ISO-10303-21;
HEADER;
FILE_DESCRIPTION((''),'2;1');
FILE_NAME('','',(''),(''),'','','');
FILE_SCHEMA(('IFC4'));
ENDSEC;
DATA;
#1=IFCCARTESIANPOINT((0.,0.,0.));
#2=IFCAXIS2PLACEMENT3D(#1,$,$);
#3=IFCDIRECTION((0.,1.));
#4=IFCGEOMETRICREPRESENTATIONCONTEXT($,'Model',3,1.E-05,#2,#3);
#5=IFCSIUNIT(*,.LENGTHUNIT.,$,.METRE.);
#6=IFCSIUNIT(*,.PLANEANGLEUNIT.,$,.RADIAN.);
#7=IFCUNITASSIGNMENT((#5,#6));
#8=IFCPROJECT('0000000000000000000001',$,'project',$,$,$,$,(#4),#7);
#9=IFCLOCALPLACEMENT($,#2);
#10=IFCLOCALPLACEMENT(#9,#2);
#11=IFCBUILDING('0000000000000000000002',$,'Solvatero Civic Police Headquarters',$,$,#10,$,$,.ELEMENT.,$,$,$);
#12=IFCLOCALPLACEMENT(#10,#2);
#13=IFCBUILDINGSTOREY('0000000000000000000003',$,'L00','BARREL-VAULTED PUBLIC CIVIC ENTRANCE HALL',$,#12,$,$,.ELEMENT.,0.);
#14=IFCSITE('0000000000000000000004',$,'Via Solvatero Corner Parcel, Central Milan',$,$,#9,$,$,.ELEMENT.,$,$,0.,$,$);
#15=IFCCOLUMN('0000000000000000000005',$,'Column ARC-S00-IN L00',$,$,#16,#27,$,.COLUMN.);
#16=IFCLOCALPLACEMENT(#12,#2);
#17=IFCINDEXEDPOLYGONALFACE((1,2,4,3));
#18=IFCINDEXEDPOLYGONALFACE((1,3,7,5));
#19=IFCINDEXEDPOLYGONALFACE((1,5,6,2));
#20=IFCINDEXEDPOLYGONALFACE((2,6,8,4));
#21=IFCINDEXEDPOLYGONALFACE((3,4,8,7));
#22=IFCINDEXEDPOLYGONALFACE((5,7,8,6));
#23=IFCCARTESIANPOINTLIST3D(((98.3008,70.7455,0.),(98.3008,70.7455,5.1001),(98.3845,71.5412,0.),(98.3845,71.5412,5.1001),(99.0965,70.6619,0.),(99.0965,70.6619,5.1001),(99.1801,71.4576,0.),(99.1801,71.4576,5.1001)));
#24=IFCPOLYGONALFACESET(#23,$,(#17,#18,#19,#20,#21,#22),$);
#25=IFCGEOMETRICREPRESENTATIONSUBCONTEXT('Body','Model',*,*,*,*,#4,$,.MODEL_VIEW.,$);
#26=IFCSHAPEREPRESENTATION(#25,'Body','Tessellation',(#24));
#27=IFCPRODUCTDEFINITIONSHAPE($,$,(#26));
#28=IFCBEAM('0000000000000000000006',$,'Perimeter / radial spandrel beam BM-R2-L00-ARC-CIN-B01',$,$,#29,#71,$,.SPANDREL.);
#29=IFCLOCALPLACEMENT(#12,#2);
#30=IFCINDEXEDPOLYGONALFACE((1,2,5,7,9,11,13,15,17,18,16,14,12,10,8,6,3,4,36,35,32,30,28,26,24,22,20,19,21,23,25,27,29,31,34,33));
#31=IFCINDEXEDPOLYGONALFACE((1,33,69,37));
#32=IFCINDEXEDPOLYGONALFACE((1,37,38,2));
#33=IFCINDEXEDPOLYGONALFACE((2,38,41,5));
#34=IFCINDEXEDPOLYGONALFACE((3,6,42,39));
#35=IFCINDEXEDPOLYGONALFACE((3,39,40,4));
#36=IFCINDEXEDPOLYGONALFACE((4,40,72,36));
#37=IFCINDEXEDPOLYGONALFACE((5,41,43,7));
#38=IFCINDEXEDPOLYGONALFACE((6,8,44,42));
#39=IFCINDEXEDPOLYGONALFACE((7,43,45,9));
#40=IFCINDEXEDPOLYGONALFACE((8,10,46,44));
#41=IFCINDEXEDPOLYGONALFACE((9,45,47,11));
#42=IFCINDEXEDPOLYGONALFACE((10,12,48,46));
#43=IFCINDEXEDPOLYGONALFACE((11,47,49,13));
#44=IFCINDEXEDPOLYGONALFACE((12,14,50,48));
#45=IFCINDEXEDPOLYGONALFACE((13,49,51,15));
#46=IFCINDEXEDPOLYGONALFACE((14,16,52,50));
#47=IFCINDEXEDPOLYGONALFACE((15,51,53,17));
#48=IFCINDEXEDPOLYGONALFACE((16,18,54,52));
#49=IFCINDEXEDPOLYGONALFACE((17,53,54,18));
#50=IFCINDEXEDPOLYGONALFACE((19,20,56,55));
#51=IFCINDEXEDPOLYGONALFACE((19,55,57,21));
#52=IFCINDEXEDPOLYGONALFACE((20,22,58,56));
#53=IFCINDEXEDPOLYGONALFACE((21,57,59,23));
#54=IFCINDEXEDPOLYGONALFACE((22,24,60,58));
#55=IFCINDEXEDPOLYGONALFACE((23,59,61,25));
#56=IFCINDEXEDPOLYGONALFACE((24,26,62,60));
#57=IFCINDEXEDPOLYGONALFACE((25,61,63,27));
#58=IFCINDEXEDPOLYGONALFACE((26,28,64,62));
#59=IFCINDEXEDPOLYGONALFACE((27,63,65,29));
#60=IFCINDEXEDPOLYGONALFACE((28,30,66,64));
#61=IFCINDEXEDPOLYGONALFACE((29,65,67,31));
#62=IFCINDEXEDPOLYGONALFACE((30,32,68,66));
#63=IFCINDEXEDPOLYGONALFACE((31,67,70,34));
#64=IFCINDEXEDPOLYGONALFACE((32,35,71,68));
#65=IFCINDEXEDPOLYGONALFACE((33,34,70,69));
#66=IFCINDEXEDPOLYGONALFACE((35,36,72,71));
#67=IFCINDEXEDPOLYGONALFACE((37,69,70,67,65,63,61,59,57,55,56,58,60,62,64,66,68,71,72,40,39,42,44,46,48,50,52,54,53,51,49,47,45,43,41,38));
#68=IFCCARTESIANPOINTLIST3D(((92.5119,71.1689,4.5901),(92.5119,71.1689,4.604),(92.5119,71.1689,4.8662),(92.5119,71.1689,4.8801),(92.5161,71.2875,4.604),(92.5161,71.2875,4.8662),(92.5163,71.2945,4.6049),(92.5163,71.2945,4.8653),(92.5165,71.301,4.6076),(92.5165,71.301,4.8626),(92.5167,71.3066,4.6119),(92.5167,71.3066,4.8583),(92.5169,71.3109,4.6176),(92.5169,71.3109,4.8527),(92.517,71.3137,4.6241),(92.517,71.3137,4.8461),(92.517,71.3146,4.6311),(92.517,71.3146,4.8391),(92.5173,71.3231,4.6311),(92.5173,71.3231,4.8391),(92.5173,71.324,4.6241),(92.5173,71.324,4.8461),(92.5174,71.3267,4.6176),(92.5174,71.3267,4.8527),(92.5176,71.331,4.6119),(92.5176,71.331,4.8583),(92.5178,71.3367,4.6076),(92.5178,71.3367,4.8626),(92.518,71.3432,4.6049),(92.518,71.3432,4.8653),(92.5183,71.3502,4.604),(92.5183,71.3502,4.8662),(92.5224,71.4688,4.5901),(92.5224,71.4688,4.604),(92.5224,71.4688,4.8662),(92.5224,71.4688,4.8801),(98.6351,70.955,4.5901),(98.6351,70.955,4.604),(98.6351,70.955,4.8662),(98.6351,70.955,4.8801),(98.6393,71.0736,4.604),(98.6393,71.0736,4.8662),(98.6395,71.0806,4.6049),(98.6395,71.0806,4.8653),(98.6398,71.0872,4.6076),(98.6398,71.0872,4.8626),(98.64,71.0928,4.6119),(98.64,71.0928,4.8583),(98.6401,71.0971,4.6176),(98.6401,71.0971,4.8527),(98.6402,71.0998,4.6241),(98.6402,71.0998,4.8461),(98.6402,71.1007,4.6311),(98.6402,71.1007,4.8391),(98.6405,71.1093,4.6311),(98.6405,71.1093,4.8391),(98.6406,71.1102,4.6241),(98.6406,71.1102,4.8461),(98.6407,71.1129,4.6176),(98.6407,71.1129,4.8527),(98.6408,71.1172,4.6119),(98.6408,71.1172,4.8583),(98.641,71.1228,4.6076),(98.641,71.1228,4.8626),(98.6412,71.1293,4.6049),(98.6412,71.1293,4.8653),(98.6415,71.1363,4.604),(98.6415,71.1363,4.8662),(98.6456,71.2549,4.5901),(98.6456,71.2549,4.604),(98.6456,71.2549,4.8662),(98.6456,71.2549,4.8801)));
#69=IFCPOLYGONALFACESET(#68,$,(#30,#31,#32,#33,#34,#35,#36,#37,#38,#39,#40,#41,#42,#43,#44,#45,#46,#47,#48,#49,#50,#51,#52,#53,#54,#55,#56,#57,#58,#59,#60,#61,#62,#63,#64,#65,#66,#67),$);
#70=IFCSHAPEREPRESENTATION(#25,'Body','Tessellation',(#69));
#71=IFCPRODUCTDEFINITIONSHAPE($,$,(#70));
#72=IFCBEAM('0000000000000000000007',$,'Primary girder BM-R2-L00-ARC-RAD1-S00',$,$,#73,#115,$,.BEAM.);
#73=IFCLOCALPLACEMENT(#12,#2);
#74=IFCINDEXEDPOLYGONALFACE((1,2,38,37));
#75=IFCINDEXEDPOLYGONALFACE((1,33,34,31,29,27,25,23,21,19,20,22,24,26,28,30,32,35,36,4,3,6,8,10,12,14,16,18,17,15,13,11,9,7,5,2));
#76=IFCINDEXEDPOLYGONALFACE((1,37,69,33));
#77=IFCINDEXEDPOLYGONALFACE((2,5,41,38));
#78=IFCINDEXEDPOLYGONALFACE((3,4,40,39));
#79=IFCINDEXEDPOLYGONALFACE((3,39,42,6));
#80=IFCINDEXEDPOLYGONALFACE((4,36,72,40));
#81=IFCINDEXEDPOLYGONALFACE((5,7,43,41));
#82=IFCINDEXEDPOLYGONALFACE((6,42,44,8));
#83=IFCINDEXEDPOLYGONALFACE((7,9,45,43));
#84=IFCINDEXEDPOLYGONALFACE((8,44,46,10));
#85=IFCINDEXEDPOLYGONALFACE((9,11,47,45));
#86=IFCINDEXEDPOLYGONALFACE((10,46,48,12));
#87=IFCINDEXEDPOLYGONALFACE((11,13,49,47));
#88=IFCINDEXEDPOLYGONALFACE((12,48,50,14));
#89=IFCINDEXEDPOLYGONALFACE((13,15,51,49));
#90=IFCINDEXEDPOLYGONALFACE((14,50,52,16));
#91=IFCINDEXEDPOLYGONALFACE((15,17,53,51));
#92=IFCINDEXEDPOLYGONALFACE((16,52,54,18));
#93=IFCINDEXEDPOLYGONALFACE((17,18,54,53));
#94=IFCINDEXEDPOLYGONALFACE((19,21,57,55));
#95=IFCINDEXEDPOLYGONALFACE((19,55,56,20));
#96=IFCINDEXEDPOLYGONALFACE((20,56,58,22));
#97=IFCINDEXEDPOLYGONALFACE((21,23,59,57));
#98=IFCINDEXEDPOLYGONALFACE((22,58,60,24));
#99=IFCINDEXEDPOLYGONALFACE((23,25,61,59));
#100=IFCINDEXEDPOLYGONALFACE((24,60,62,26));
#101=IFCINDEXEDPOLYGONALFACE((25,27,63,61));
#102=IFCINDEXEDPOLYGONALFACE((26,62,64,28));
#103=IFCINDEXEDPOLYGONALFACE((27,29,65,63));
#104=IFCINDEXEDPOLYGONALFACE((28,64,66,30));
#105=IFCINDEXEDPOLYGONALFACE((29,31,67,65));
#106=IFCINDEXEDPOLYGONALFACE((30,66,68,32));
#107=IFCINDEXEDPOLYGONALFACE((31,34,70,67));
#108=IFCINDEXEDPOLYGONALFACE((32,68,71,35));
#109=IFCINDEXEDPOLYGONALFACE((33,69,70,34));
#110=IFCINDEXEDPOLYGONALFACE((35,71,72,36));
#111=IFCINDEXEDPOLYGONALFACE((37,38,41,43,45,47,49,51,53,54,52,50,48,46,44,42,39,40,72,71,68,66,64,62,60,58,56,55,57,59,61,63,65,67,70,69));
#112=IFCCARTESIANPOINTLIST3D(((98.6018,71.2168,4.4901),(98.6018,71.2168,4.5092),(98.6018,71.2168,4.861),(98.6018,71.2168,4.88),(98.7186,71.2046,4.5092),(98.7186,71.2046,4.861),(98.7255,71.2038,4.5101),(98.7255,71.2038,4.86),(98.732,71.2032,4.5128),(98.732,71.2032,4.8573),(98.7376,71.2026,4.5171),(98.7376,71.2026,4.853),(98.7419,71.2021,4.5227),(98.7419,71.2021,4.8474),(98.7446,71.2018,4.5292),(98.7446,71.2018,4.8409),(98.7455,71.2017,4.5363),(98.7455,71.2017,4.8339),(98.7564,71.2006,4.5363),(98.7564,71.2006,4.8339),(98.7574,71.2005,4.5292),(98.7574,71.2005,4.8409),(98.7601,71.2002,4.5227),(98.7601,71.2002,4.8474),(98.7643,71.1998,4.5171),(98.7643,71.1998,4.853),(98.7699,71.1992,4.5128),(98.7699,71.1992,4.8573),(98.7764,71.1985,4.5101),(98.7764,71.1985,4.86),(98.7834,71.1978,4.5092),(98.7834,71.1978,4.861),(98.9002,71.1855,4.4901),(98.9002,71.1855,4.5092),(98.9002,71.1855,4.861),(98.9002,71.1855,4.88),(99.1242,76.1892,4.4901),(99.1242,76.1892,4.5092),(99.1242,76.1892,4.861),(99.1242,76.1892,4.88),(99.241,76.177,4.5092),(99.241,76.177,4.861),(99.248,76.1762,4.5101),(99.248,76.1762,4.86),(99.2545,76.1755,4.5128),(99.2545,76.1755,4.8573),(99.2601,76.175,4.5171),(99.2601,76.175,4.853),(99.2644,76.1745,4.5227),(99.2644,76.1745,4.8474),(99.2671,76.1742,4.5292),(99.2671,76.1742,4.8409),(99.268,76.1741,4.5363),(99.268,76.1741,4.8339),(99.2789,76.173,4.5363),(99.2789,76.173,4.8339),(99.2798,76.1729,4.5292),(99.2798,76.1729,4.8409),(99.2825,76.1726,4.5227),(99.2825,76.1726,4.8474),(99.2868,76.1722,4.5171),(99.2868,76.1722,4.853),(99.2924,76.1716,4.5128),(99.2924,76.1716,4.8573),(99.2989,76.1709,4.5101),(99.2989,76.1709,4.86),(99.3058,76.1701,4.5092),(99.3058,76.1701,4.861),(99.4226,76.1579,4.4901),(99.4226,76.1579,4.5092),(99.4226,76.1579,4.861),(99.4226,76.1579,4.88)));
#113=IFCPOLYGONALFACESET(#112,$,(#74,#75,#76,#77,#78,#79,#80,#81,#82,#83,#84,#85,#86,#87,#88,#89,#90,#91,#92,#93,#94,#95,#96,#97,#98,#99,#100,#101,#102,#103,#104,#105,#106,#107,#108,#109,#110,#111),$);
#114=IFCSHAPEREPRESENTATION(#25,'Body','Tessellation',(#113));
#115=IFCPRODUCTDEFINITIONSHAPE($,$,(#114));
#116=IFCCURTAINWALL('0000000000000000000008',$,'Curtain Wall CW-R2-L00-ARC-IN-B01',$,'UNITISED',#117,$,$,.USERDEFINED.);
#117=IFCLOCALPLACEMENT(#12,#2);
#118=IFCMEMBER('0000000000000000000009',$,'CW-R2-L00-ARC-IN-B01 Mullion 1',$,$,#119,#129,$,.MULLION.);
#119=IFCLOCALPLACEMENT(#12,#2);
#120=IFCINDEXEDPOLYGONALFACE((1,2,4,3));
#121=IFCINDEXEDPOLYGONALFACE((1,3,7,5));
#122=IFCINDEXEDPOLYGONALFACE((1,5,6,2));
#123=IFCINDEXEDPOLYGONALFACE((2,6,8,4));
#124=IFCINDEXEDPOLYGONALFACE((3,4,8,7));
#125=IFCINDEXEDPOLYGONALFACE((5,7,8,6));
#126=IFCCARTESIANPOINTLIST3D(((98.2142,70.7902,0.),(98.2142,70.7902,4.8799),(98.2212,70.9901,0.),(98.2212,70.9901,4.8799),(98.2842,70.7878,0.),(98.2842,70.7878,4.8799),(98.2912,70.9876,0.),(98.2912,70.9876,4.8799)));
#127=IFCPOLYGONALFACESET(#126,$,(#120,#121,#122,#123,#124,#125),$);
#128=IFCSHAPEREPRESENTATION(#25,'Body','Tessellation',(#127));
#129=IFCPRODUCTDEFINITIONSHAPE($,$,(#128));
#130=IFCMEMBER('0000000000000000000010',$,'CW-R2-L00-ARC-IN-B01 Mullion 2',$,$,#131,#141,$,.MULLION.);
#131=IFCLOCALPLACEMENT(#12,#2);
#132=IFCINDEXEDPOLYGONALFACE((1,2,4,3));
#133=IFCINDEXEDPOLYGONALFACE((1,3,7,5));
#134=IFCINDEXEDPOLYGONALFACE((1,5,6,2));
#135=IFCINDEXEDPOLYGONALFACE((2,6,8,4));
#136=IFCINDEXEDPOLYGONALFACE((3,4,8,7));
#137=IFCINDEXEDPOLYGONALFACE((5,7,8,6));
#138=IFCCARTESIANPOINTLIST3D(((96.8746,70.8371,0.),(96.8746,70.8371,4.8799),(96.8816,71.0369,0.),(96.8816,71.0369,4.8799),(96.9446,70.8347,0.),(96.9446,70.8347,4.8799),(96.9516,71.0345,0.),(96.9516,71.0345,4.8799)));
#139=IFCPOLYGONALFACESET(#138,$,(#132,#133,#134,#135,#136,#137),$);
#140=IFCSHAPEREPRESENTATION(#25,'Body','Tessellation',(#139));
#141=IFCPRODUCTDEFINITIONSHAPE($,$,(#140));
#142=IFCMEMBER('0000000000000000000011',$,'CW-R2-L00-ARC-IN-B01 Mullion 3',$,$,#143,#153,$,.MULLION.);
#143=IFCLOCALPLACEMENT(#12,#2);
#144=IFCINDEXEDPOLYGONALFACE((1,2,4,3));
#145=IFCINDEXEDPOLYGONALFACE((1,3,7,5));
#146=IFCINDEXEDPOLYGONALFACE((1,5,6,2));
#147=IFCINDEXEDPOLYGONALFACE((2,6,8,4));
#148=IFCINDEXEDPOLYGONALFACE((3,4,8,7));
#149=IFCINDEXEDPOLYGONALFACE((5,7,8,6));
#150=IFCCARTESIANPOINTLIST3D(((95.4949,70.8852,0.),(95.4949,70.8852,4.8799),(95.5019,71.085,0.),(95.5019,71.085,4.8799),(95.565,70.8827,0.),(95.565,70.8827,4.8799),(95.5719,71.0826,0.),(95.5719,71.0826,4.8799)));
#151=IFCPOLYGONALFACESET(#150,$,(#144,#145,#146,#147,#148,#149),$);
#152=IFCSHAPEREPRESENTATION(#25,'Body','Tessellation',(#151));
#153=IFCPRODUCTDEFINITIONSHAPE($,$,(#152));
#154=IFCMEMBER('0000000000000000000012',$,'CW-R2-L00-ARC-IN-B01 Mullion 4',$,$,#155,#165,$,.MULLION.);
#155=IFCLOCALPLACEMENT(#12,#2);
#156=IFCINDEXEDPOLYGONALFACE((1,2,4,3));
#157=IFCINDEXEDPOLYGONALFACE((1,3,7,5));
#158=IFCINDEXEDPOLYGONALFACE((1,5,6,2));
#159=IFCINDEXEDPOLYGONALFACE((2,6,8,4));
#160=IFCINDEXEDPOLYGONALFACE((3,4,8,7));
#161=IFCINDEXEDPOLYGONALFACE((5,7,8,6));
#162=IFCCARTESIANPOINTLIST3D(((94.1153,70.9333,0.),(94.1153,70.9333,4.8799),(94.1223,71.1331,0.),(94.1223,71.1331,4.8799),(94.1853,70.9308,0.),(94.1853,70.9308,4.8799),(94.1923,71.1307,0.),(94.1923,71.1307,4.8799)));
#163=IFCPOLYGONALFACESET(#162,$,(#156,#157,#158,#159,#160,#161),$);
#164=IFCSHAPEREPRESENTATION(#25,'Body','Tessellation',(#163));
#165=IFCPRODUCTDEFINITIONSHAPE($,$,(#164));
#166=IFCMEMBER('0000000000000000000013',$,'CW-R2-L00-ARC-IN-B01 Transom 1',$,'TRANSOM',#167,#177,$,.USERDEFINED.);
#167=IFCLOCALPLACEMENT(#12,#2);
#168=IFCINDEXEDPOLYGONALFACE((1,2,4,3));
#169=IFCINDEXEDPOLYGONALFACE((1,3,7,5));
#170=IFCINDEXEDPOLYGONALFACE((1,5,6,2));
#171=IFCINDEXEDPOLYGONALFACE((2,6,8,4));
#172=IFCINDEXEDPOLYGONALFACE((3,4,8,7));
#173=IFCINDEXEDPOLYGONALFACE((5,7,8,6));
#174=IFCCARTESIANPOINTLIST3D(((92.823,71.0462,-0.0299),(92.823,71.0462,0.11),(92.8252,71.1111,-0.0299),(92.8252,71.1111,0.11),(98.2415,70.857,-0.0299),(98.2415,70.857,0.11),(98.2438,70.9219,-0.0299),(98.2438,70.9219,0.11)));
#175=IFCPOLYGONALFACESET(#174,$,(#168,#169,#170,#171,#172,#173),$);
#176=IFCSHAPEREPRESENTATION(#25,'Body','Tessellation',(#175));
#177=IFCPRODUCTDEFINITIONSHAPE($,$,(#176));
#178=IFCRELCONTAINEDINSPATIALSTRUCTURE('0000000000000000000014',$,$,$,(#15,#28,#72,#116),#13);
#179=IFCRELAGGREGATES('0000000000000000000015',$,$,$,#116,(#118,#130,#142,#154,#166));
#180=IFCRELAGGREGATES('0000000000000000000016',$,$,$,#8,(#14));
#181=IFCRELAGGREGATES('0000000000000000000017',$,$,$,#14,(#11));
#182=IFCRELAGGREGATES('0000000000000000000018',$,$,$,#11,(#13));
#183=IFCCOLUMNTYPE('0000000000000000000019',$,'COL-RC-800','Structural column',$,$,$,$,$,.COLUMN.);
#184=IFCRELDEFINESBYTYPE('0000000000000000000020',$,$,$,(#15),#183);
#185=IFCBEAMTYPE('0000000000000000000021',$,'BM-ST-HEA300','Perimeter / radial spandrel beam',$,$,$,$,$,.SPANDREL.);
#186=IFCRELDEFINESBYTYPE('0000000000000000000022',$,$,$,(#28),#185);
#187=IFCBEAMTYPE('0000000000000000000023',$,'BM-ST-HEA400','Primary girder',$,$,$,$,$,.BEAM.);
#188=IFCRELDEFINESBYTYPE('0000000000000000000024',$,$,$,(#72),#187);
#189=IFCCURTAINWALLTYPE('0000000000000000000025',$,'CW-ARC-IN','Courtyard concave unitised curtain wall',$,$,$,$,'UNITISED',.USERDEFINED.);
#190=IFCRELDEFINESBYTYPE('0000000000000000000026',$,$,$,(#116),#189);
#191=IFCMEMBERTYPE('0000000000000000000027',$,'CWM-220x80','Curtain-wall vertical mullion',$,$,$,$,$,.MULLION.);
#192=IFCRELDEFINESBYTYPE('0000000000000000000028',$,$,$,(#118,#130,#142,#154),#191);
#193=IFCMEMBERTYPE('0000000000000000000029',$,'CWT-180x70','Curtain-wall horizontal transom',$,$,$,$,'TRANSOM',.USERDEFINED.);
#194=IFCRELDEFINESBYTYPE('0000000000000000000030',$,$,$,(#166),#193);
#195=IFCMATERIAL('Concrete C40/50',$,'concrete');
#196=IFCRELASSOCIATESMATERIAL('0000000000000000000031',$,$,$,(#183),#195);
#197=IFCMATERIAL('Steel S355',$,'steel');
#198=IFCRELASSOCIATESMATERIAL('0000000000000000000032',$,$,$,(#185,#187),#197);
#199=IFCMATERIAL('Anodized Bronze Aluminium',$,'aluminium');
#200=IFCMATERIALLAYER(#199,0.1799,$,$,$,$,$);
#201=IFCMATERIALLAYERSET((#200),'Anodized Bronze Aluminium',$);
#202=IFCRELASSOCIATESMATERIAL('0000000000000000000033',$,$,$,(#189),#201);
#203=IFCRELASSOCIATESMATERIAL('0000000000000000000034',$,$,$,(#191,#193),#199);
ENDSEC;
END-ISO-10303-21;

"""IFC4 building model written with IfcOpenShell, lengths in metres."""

from ifc_helpers import new_model, si_unit, direction, frame, origin, origin_2d, place, context, subcontext, project, spatial, rectangle, i_section, extrude, material, layer, layer_set, material_profile, profile_set, type_object, element, aggregate, save


model = new_model("IFC4")

# Units and contexts
model_context = context("Model", 3, precision=1e-05, world=origin(), true_north=direction((0.0, 1.0)))
body_context = subcontext(model_context, "Body", "Model", "MODEL_VIEW")
ifc_project = project(units=[si_unit("LENGTHUNIT", "METRE"), si_unit("PLANEANGLEUNIT", "RADIAN")], contexts=[model_context])

# Site, building, storey
site_placement = place(None, origin())
site = spatial("IfcSite", under=ifc_project, at=site_placement, Name="Via Solvatero Corner Parcel, Central Milan", CompositionType="ELEMENT", RefElevation=0.0)
building_placement = place(site_placement, origin())
building = spatial("IfcBuilding", under=site, at=building_placement, Name="Solvatero Civic Police Headquarters", CompositionType="ELEMENT")
storey_placement = place(building_placement, origin())
storey = spatial("IfcBuildingStorey", under=building, at=storey_placement, Name="L00", Description="BARREL-VAULTED PUBLIC CIVIC ENTRANCE HALL", CompositionType="ELEMENT", Elevation=0.0)

# Column
ifc_material_1 = material(Name="Concrete C40/50", Category="concrete")
ifc_material_profile_1 = material_profile(ifc_material_1, rectangle(XDim=0.8, YDim=0.8, at=origin_2d()), Name="RC 800x800")
ifc_profile_set_1 = profile_set([ifc_material_profile_1], Name="Concrete C40/50")
column_type = type_object("IfcColumnType", Name="COL-RC-800", Description="Structural column", PredefinedType="COLUMN", material=ifc_profile_set_1)
column_placement = place(storey_placement, frame((98.7405, 71.1016, 0.0), z_axis=(0.0, 0.0, 1.0), x_axis=(0.994522, -0.104528, 0.0)))
element("IfcColumn", 1, at=column_placement, inside=storey, type_object=column_type, Name="Column ARC-S00-IN L00", PredefinedType="COLUMN", context=body_context, shape_type="SweptSolid", body=[
    extrude(rectangle(XDim=0.8, YDim=0.8, at=origin_2d()), origin(), (0.0, 0.0, 1.0), 5.1001),
])

# Beams
ifc_material_2 = material(Name="Steel S355", Category="steel")
ifc_material_profile_2 = material_profile(ifc_material_2, i_section(OverallWidth=0.3, OverallDepth=0.29, WebThickness=0.0085, FlangeThickness=0.0139, FilletRadius=0.0271, at=origin_2d()), Name="HEA 300")
ifc_profile_set_2 = profile_set([ifc_material_profile_2], Name="Steel S355")
beam_type_1 = type_object("IfcBeamType", Name="BM-ST-HEA300", Description="Perimeter / radial spandrel beam", PredefinedType="SPANDREL", material=ifc_profile_set_2)
beam_1_placement = place(storey_placement, frame((98.6404, 71.105, 4.7351), z_axis=(-0.999391, 0.034906, 0.0), x_axis=(-0.034906, -0.999391, 0.0)))
element("IfcBeam", 2, at=beam_1_placement, inside=storey, type_object=beam_type_1, Name="Perimeter / radial spandrel beam BM-R2-L00-ARC-CIN-B01", PredefinedType="SPANDREL", context=body_context, shape_type="SweptSolid", body=[
    extrude(i_section(OverallWidth=0.3, OverallDepth=0.29, WebThickness=0.0085, FlangeThickness=0.0139, FilletRadius=0.0271, at=origin_2d()), origin(), (0.0, 0.0, 1.0), 6.127),
])
ifc_material_profile_3 = material_profile(ifc_material_2, i_section(OverallWidth=0.3, OverallDepth=0.3899, WebThickness=0.011, FlangeThickness=0.019, FilletRadius=0.0271, at=origin_2d()), Name="HEA 400")
ifc_profile_set_3 = profile_set([ifc_material_profile_3], Name="Steel S355")
beam_type_2 = type_object("IfcBeamType", Name="BM-ST-HEA400", Description="Primary girder", PredefinedType="BEAM", material=ifc_profile_set_3)
beam_2_placement = place(storey_placement, frame((98.751, 71.2012, 4.6851), z_axis=(0.104497, 0.994525, 0.0), x_axis=(-0.994525, 0.104497, 0.0)))
element("IfcBeam", 3, at=beam_2_placement, inside=storey, type_object=beam_type_2, Name="Primary girder BM-R2-L00-ARC-RAD1-S00", PredefinedType="BEAM", context=body_context, shape_type="SweptSolid", body=[
    extrude(i_section(OverallWidth=0.3, OverallDepth=0.3899, WebThickness=0.011, FlangeThickness=0.019, FilletRadius=0.0271, at=origin_2d()), origin(), (0.0, 0.0, 1.0), 4.9998),
])

# Curtain wall, members
ifc_material_3 = material(Name="Anodized Bronze Aluminium", Category="aluminium")
ifc_layer_1 = layer(ifc_material_3, 0.1799)
ifc_layer_set_1 = layer_set([ifc_layer_1], Name="Anodized Bronze Aluminium")
curtain_wall_type = type_object("IfcCurtainWallType", Name="CW-ARC-IN", Description="Courtyard concave unitised curtain wall", ElementType="UNITISED", PredefinedType="USERDEFINED", material=ifc_layer_set_1)
curtain_wall_placement = place(storey_placement, origin())
curtain_wall = element("IfcCurtainWall", 4, at=curtain_wall_placement, inside=storey, type_object=curtain_wall_type, Name="Curtain Wall CW-R2-L00-ARC-IN-B01", ObjectType="UNITISED", PredefinedType="USERDEFINED")
ifc_material_profile_4 = material_profile(ifc_material_3, rectangle(XDim=0.0701, YDim=0.2, at=origin_2d()), Name="ALU MULLION 70x200")
ifc_profile_set_4 = profile_set([ifc_material_profile_4], Name="Anodized Bronze Aluminium")
member_type_1 = type_object("IfcMemberType", Name="CWM-220x80", Description="Curtain-wall vertical mullion", PredefinedType="MULLION", material=ifc_profile_set_4)
member_1_placement = place(storey_placement, frame((98.2527, 70.8889, 0.0), z_axis=(0.0, 0.0, 1.0), x_axis=(-0.999391, 0.034899, 0.0)))
member_1 = element("IfcMember", 5, at=member_1_placement, type_object=member_type_1, Name="CW-R2-L00-ARC-IN-B01 Mullion 1", PredefinedType="MULLION", context=body_context, shape_type="SweptSolid", body=[
    extrude(rectangle(XDim=0.0701, YDim=0.2, at=origin_2d()), origin(), (0.0, 0.0, 1.0), 4.8799),
])
member_2_placement = place(storey_placement, frame((96.9131, 70.9358, 0.0), z_axis=(0.0, 0.0, 1.0), x_axis=(-0.999391, 0.034899, 0.0)))
member_2 = element("IfcMember", 6, at=member_2_placement, type_object=member_type_1, Name="CW-R2-L00-ARC-IN-B01 Mullion 2", PredefinedType="MULLION", context=body_context, shape_type="SweptSolid", body=[
    extrude(rectangle(XDim=0.0701, YDim=0.2, at=origin_2d()), origin(), (0.0, 0.0, 1.0), 4.8799),
])
member_3_placement = place(storey_placement, frame((95.5334, 70.9839, 0.0), z_axis=(0.0, 0.0, 1.0), x_axis=(-0.999391, 0.034899, 0.0)))
member_3 = element("IfcMember", 7, at=member_3_placement, type_object=member_type_1, Name="CW-R2-L00-ARC-IN-B01 Mullion 3", PredefinedType="MULLION", context=body_context, shape_type="SweptSolid", body=[
    extrude(rectangle(XDim=0.0701, YDim=0.2, at=origin_2d()), origin(), (0.0, 0.0, 1.0), 4.8799),
])
member_4_placement = place(storey_placement, frame((94.1538, 71.032, 0.0), z_axis=(0.0, 0.0, 1.0), x_axis=(-0.999391, 0.034899, 0.0)))
member_4 = element("IfcMember", 8, at=member_4_placement, type_object=member_type_1, Name="CW-R2-L00-ARC-IN-B01 Mullion 4", PredefinedType="MULLION", context=body_context, shape_type="SweptSolid", body=[
    extrude(rectangle(XDim=0.0701, YDim=0.2, at=origin_2d()), origin(), (0.0, 0.0, 1.0), 4.8799),
])
ifc_material_profile_5 = material_profile(ifc_material_3, rectangle(XDim=0.0649, YDim=0.1399, at=origin_2d()), Name="ALU TRANSOM 65x140")
ifc_profile_set_5 = profile_set([ifc_material_profile_5], Name="Anodized Bronze Aluminium")
member_type_2 = type_object("IfcMemberType", Name="CWT-180x70", Description="Curtain-wall horizontal transom", ElementType="TRANSOM", PredefinedType="USERDEFINED", material=ifc_profile_set_5)
member_5_placement = place(storey_placement, frame((98.2427, 70.8894, 0.04), z_axis=(-0.999391, 0.034898, 0.0), x_axis=(-0.034898, -0.999391, 0.0)))
member_5 = element("IfcMember", 9, at=member_5_placement, type_object=member_type_2, Name="CW-R2-L00-ARC-IN-B01 Transom 1", ObjectType="TRANSOM", PredefinedType="USERDEFINED", context=body_context, shape_type="SweptSolid", body=[
    extrude(rectangle(XDim=0.0649, YDim=0.1399, at=origin_2d()), origin(), (0.0, 0.0, 1.0), 5.4219),
])
aggregate(curtain_wall, [member_1, member_2, member_3, member_4, member_5])

save(model, "model.ifc")
